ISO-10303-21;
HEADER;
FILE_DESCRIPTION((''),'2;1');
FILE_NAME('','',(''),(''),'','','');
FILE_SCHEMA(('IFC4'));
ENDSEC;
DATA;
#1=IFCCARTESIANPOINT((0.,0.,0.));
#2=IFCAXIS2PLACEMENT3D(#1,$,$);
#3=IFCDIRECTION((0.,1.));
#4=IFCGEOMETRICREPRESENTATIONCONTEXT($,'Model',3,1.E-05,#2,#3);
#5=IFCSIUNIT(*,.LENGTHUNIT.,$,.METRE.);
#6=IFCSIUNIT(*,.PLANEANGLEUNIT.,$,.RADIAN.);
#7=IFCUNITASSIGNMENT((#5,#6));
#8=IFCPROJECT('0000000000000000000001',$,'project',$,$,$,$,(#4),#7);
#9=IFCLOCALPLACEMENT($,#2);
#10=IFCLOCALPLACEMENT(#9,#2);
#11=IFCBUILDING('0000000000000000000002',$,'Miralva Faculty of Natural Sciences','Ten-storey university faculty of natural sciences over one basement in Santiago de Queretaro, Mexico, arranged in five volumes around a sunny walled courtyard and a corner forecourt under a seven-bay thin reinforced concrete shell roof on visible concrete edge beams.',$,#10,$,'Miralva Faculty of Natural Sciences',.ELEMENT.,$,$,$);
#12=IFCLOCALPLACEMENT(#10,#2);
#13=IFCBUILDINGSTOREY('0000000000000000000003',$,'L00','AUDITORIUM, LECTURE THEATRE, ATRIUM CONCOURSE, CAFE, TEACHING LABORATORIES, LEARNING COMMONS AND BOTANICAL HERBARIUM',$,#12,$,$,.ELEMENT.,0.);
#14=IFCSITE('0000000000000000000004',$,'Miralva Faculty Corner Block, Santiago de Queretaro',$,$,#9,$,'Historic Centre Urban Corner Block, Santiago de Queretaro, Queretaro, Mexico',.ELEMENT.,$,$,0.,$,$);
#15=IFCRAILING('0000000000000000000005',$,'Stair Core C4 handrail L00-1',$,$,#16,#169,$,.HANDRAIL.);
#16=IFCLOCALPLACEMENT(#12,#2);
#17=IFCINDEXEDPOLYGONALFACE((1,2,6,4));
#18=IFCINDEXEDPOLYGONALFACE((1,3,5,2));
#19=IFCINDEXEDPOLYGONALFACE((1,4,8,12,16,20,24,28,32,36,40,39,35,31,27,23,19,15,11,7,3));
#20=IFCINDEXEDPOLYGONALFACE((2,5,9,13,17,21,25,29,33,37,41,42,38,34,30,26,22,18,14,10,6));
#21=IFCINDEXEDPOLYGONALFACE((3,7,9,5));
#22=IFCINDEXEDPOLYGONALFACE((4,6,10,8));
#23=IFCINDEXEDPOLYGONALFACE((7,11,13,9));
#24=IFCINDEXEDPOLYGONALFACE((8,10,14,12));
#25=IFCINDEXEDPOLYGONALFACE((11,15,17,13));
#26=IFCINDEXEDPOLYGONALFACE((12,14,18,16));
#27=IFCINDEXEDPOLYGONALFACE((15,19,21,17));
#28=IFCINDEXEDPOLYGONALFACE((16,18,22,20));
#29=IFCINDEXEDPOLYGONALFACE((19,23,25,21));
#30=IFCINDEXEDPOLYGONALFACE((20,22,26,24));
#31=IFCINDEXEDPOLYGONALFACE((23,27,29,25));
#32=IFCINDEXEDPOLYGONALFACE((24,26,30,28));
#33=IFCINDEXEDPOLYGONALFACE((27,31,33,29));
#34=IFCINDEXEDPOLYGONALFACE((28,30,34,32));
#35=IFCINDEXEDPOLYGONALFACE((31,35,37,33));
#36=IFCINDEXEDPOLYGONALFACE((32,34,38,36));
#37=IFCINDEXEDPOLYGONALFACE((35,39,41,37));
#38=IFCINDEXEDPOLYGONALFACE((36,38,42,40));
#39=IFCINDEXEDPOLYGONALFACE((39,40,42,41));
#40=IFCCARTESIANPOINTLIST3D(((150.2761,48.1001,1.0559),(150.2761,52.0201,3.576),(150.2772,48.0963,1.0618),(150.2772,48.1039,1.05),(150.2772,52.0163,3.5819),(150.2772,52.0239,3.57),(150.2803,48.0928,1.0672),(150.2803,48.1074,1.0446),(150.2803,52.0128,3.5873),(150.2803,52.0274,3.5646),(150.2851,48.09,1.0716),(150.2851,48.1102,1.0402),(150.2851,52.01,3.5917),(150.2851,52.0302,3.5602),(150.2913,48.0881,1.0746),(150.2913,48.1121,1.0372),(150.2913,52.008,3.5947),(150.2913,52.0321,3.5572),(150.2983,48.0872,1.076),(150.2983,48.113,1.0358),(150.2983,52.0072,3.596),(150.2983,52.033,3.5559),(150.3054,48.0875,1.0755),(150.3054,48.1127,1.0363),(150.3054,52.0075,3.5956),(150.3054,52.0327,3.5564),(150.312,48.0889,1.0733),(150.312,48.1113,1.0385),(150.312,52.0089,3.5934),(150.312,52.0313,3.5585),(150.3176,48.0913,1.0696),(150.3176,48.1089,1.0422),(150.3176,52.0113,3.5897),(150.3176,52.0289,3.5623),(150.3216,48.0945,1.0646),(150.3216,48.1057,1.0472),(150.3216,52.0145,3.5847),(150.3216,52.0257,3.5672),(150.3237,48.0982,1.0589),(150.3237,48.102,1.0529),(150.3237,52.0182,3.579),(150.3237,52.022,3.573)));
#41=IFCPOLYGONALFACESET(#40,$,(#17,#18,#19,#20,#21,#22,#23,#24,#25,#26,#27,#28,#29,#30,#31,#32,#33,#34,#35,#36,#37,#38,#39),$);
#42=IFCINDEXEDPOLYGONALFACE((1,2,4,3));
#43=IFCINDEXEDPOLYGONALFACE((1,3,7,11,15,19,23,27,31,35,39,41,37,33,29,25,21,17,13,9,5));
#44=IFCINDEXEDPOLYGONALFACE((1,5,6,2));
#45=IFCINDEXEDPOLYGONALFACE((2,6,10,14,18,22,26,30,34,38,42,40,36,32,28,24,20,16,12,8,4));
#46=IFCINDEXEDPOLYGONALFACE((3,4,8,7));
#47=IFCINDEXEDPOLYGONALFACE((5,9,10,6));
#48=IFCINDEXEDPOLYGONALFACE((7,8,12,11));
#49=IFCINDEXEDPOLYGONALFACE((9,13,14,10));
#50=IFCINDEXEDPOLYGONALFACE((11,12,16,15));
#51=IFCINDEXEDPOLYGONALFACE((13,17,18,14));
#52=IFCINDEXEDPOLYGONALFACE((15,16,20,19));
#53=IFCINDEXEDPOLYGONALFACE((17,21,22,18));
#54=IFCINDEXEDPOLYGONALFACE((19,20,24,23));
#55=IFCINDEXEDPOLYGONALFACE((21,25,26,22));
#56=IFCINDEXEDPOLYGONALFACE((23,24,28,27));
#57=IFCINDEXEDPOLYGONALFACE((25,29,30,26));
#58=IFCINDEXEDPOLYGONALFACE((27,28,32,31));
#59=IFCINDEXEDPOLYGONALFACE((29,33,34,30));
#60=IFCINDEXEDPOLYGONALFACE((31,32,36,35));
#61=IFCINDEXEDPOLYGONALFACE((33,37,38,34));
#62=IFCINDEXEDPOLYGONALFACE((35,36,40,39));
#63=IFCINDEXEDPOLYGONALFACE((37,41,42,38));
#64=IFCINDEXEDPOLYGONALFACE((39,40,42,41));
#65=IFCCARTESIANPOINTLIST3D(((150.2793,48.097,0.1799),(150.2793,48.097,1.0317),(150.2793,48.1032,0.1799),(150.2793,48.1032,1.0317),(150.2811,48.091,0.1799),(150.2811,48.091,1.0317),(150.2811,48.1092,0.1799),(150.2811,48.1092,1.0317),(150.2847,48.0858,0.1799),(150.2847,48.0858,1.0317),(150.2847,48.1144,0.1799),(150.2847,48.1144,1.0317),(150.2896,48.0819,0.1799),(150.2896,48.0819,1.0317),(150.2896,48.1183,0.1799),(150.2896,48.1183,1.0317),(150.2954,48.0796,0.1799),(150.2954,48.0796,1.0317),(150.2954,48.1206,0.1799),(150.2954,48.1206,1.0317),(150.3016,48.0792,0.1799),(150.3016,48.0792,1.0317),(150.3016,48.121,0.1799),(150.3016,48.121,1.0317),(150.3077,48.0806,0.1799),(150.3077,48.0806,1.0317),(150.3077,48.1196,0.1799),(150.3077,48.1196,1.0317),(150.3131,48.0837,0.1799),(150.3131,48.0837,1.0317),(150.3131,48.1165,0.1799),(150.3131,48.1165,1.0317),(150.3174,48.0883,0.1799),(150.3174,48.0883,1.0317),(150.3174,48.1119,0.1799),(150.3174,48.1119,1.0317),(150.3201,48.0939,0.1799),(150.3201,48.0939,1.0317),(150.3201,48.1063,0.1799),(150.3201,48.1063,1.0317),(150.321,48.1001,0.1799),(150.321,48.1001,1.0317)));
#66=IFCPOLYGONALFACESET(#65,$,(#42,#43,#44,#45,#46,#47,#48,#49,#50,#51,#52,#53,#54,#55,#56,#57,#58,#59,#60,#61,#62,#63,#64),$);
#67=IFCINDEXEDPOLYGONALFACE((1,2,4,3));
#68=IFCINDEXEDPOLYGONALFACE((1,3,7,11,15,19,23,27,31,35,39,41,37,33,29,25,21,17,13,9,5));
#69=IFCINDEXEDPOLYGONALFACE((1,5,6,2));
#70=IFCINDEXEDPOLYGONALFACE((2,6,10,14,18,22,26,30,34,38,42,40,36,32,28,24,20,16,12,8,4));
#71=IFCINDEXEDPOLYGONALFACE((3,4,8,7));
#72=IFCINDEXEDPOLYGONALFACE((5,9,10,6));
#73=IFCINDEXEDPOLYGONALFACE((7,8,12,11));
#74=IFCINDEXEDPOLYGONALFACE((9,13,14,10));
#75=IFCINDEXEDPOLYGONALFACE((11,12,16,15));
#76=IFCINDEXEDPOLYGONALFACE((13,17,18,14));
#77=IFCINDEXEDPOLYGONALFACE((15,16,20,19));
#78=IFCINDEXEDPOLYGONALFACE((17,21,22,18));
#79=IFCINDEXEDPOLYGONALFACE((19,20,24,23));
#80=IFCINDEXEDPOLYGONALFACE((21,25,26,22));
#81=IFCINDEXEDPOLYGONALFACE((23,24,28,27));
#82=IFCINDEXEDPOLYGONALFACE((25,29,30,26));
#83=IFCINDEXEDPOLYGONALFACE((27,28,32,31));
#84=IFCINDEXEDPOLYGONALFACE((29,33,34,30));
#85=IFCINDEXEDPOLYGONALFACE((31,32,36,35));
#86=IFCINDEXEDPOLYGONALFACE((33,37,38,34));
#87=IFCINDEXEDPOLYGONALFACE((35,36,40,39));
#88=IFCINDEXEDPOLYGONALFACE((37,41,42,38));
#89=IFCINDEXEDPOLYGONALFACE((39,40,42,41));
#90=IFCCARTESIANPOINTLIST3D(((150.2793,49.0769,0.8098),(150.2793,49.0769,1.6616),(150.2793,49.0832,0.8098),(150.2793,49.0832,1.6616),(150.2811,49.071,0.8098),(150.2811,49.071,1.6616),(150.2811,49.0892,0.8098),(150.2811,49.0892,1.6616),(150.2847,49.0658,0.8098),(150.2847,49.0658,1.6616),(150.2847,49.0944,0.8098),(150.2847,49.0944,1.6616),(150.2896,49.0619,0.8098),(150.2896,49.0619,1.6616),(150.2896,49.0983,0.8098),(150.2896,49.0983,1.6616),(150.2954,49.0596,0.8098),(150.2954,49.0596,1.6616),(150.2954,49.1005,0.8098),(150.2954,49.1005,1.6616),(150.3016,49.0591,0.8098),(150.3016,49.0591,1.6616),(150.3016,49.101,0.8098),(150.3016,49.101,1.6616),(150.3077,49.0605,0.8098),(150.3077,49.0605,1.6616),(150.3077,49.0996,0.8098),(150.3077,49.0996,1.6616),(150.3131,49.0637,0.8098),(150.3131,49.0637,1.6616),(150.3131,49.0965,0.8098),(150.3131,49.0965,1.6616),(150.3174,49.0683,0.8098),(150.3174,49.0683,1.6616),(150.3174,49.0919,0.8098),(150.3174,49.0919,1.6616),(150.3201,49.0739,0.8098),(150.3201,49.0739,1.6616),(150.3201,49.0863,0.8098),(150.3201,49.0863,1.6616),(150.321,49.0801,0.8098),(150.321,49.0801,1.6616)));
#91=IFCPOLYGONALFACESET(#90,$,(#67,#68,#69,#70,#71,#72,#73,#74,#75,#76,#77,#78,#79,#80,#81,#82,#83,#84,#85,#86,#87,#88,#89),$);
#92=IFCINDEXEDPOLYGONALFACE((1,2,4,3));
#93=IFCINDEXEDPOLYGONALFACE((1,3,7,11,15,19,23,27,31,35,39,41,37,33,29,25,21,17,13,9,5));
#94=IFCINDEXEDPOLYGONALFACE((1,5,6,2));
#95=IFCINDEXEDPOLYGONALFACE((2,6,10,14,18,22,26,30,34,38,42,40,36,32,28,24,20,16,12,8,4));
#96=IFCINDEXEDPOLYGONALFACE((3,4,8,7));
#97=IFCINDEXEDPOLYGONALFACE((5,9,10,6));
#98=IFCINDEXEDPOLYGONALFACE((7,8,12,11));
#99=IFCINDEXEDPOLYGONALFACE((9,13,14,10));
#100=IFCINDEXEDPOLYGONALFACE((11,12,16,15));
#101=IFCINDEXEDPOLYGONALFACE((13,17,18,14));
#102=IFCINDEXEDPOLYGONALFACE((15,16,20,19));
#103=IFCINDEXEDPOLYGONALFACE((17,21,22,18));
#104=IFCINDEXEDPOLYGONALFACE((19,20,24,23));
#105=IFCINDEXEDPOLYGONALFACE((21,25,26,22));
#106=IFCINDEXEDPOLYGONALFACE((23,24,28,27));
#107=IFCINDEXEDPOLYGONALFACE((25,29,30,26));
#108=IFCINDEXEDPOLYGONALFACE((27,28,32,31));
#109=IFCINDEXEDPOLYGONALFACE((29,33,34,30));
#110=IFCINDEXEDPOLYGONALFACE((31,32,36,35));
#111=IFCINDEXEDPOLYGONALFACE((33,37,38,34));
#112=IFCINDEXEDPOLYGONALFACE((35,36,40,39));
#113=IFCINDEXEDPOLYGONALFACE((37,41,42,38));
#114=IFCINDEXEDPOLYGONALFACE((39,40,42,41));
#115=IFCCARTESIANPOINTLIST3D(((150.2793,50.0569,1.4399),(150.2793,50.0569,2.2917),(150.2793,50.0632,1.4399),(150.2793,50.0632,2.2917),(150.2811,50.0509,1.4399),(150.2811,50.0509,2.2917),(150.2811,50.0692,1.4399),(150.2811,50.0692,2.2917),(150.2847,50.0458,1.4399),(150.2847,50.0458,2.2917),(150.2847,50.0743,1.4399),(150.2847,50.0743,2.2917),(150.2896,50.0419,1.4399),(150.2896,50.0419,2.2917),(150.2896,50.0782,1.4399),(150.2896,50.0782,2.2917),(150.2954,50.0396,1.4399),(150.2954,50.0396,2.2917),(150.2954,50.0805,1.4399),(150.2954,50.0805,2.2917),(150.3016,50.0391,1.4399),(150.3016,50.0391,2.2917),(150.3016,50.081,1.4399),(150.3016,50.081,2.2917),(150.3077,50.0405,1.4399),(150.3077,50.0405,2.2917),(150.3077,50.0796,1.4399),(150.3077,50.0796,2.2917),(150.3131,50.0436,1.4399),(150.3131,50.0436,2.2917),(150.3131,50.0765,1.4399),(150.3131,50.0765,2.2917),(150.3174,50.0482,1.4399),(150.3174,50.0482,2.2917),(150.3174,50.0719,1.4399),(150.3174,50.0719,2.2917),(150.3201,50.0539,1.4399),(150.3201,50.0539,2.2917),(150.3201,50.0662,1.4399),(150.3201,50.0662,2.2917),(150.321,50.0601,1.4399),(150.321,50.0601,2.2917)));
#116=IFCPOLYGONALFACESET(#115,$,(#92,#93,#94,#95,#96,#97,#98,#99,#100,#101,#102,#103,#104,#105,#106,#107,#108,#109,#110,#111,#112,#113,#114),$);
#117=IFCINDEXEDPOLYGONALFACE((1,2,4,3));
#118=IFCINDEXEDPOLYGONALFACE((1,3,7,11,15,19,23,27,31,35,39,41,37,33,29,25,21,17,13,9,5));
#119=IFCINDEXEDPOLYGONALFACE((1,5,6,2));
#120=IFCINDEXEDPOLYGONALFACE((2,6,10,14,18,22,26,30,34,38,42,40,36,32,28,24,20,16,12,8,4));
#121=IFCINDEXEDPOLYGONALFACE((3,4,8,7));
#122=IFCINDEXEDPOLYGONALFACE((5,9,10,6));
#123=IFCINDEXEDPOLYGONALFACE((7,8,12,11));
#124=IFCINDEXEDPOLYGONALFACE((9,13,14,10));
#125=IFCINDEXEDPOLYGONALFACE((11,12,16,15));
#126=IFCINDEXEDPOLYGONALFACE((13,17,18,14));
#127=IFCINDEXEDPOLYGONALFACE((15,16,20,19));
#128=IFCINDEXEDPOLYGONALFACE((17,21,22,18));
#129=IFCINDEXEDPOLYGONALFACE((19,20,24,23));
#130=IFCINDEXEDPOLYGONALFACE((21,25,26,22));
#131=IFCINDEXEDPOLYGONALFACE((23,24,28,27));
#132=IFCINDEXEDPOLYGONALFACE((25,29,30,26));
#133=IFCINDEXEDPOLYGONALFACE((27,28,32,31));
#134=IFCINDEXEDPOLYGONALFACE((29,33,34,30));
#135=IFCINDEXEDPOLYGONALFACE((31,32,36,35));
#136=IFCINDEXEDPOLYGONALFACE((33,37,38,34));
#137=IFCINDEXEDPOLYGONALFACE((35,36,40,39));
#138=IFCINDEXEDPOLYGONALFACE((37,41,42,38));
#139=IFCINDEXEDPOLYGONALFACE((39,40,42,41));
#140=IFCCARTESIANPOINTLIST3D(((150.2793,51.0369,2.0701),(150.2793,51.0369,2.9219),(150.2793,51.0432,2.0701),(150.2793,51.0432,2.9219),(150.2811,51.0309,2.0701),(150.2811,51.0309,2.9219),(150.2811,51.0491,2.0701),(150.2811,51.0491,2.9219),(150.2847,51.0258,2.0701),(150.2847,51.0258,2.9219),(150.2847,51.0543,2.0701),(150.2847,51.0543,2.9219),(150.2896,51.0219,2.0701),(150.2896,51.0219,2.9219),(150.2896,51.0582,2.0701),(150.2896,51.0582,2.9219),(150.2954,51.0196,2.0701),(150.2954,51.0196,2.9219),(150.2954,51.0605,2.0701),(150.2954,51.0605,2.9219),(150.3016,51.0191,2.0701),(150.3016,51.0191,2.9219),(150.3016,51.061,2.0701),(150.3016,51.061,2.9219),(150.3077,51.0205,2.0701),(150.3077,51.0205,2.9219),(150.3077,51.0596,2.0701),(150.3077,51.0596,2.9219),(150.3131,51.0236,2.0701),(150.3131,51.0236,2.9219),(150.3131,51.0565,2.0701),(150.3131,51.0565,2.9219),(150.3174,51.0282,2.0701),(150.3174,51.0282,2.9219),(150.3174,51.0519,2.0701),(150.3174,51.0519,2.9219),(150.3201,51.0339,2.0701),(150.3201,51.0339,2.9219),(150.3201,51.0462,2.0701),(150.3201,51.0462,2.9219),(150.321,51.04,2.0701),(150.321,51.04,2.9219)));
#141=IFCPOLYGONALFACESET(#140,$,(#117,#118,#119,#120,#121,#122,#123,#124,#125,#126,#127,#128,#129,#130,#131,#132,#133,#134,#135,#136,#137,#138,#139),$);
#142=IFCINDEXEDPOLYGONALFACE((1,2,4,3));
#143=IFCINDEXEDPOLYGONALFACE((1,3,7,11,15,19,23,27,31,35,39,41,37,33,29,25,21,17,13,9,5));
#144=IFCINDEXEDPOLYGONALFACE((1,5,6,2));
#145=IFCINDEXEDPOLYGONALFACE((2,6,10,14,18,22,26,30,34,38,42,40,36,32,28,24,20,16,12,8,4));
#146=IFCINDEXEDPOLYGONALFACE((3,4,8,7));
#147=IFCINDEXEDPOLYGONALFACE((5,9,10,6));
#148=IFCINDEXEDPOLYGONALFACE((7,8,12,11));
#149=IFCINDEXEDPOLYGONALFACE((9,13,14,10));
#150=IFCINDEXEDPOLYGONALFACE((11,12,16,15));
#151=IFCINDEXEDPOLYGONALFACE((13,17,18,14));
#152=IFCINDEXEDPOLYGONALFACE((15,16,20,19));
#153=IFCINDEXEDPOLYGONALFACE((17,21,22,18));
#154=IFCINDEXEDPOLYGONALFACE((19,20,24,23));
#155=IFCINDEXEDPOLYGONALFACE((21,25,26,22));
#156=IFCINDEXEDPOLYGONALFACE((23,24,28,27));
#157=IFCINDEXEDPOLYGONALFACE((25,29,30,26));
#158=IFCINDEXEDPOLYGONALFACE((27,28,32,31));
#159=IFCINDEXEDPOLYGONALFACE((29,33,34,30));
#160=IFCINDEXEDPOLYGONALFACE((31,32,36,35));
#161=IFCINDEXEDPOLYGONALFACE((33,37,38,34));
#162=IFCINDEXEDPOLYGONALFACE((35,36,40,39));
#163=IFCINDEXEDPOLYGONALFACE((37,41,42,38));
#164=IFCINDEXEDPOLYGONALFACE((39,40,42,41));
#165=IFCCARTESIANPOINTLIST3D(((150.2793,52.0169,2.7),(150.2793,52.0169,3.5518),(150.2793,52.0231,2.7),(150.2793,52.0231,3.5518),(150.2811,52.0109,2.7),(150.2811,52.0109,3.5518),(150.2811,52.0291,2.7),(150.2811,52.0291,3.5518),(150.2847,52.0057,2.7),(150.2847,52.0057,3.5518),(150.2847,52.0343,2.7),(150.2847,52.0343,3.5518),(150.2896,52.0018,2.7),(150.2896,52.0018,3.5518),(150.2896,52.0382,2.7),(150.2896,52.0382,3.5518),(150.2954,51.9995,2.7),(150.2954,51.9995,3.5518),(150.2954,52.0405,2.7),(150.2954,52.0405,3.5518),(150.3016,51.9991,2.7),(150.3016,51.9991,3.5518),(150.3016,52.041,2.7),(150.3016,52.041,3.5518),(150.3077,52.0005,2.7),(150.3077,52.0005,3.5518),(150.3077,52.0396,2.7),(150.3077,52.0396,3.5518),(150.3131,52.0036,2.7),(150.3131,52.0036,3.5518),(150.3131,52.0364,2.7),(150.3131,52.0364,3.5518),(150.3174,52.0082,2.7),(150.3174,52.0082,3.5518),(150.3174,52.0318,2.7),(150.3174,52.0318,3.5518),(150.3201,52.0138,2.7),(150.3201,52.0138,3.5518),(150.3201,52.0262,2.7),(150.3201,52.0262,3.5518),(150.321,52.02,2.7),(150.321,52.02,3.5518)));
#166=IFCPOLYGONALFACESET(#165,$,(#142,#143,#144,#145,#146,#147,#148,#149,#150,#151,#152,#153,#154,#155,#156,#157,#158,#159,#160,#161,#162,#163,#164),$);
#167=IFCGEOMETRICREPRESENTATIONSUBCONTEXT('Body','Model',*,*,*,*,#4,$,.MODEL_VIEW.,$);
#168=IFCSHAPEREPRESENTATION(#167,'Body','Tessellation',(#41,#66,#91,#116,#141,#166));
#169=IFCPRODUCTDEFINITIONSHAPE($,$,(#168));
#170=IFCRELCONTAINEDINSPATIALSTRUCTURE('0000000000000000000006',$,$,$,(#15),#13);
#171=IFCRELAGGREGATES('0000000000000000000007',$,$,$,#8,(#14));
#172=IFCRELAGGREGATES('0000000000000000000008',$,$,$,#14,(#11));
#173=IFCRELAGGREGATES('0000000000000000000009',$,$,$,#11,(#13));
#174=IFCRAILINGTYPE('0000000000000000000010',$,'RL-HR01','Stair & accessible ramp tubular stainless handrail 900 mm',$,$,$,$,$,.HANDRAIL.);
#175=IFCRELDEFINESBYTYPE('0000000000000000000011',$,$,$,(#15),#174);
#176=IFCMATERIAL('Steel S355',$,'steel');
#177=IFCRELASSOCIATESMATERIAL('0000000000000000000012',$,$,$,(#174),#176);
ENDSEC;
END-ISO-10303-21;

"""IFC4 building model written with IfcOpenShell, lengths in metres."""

from ifc_helpers import new_model, si_unit, direction, frame, origin, origin_2d, place, context, subcontext, project, spatial, circle, extrude, material, type_object, element, save


model = new_model("IFC4")

# Units and contexts
model_context = context("Model", 3, precision=1e-05, world=origin(), true_north=direction((0.0, 1.0)))
body_context = subcontext(model_context, "Body", "Model", "MODEL_VIEW")
ifc_project = project(units=[si_unit("LENGTHUNIT", "METRE"), si_unit("PLANEANGLEUNIT", "RADIAN")], contexts=[model_context])

# Site, building, storey
site_placement = place(None, origin())
site = spatial("IfcSite", under=ifc_project, at=site_placement, Name="Miralva Faculty Corner Block, Santiago de Queretaro", LongName="Historic Centre Urban Corner Block, Santiago de Queretaro, Queretaro, Mexico", CompositionType="ELEMENT", RefElevation=0.0)
building_placement = place(site_placement, origin())
building = spatial("IfcBuilding", under=site, at=building_placement, Name="Miralva Faculty of Natural Sciences", Description="Ten-storey university faculty of natural sciences over one basement in Santiago de Queretaro, Mexico, arranged in five volumes around a sunny walled courtyard and a corner forecourt under a seven-bay thin reinforced concrete shell roof on visible concrete edge beams.", LongName="Miralva Faculty of Natural Sciences", CompositionType="ELEMENT")
storey_placement = place(building_placement, origin())
storey = spatial("IfcBuildingStorey", under=building, at=storey_placement, Name="L00", Description="AUDITORIUM, LECTURE THEATRE, ATRIUM CONCOURSE, CAFE, TEACHING LABORATORIES, LEARNING COMMONS AND BOTANICAL HERBARIUM", CompositionType="ELEMENT", Elevation=0.0)

# Railing
ifc_material_1 = material(Name="Steel S355", Category="steel")
railing_type_1 = type_object("IfcRailingType", Name="RL-HR01", Description="Stair & accessible ramp tubular stainless handrail 900 mm", PredefinedType="HANDRAIL", material=ifc_material_1)
railing_1_placement = place(storey_placement, frame((150.3, 48.1001, 0.1799)))
element("IfcRailing", 1, at=railing_1_placement, inside=storey, type_object=railing_type_1, Name="Stair Core C4 handrail L00-1", PredefinedType="HANDRAIL", context=body_context, shape_type="SweptSolid", body=[
    extrude(circle(Radius=0.0239, at=origin_2d()), frame((0.0, 0.0, 0.876), z_axis=(0.0, 0.841172, 0.540768), x_axis=(-1.0, 0.0, 0.0)), (0.0, 0.0, 1.0), 4.6602),
    extrude(circle(Radius=0.021, at=origin_2d()), origin(), (0.0, 0.0, 1.0), 0.8518),
    extrude(circle(Radius=0.021, at=origin_2d()), frame((0.0, 0.98, 0.6299)), (0.0, 0.0, 1.0), 0.8518),
    extrude(circle(Radius=0.021, at=origin_2d()), frame((0.0, 1.96, 1.26)), (0.0, 0.0, 1.0), 0.8518),
    extrude(circle(Radius=0.021, at=origin_2d()), frame((0.0, 2.9399, 1.8901)), (0.0, 0.0, 1.0), 0.8518),
    extrude(circle(Radius=0.021, at=origin_2d()), frame((0.0, 3.9199, 2.52)), (0.0, 0.0, 1.0), 0.8518),
])

save(model, "model.ifc")
